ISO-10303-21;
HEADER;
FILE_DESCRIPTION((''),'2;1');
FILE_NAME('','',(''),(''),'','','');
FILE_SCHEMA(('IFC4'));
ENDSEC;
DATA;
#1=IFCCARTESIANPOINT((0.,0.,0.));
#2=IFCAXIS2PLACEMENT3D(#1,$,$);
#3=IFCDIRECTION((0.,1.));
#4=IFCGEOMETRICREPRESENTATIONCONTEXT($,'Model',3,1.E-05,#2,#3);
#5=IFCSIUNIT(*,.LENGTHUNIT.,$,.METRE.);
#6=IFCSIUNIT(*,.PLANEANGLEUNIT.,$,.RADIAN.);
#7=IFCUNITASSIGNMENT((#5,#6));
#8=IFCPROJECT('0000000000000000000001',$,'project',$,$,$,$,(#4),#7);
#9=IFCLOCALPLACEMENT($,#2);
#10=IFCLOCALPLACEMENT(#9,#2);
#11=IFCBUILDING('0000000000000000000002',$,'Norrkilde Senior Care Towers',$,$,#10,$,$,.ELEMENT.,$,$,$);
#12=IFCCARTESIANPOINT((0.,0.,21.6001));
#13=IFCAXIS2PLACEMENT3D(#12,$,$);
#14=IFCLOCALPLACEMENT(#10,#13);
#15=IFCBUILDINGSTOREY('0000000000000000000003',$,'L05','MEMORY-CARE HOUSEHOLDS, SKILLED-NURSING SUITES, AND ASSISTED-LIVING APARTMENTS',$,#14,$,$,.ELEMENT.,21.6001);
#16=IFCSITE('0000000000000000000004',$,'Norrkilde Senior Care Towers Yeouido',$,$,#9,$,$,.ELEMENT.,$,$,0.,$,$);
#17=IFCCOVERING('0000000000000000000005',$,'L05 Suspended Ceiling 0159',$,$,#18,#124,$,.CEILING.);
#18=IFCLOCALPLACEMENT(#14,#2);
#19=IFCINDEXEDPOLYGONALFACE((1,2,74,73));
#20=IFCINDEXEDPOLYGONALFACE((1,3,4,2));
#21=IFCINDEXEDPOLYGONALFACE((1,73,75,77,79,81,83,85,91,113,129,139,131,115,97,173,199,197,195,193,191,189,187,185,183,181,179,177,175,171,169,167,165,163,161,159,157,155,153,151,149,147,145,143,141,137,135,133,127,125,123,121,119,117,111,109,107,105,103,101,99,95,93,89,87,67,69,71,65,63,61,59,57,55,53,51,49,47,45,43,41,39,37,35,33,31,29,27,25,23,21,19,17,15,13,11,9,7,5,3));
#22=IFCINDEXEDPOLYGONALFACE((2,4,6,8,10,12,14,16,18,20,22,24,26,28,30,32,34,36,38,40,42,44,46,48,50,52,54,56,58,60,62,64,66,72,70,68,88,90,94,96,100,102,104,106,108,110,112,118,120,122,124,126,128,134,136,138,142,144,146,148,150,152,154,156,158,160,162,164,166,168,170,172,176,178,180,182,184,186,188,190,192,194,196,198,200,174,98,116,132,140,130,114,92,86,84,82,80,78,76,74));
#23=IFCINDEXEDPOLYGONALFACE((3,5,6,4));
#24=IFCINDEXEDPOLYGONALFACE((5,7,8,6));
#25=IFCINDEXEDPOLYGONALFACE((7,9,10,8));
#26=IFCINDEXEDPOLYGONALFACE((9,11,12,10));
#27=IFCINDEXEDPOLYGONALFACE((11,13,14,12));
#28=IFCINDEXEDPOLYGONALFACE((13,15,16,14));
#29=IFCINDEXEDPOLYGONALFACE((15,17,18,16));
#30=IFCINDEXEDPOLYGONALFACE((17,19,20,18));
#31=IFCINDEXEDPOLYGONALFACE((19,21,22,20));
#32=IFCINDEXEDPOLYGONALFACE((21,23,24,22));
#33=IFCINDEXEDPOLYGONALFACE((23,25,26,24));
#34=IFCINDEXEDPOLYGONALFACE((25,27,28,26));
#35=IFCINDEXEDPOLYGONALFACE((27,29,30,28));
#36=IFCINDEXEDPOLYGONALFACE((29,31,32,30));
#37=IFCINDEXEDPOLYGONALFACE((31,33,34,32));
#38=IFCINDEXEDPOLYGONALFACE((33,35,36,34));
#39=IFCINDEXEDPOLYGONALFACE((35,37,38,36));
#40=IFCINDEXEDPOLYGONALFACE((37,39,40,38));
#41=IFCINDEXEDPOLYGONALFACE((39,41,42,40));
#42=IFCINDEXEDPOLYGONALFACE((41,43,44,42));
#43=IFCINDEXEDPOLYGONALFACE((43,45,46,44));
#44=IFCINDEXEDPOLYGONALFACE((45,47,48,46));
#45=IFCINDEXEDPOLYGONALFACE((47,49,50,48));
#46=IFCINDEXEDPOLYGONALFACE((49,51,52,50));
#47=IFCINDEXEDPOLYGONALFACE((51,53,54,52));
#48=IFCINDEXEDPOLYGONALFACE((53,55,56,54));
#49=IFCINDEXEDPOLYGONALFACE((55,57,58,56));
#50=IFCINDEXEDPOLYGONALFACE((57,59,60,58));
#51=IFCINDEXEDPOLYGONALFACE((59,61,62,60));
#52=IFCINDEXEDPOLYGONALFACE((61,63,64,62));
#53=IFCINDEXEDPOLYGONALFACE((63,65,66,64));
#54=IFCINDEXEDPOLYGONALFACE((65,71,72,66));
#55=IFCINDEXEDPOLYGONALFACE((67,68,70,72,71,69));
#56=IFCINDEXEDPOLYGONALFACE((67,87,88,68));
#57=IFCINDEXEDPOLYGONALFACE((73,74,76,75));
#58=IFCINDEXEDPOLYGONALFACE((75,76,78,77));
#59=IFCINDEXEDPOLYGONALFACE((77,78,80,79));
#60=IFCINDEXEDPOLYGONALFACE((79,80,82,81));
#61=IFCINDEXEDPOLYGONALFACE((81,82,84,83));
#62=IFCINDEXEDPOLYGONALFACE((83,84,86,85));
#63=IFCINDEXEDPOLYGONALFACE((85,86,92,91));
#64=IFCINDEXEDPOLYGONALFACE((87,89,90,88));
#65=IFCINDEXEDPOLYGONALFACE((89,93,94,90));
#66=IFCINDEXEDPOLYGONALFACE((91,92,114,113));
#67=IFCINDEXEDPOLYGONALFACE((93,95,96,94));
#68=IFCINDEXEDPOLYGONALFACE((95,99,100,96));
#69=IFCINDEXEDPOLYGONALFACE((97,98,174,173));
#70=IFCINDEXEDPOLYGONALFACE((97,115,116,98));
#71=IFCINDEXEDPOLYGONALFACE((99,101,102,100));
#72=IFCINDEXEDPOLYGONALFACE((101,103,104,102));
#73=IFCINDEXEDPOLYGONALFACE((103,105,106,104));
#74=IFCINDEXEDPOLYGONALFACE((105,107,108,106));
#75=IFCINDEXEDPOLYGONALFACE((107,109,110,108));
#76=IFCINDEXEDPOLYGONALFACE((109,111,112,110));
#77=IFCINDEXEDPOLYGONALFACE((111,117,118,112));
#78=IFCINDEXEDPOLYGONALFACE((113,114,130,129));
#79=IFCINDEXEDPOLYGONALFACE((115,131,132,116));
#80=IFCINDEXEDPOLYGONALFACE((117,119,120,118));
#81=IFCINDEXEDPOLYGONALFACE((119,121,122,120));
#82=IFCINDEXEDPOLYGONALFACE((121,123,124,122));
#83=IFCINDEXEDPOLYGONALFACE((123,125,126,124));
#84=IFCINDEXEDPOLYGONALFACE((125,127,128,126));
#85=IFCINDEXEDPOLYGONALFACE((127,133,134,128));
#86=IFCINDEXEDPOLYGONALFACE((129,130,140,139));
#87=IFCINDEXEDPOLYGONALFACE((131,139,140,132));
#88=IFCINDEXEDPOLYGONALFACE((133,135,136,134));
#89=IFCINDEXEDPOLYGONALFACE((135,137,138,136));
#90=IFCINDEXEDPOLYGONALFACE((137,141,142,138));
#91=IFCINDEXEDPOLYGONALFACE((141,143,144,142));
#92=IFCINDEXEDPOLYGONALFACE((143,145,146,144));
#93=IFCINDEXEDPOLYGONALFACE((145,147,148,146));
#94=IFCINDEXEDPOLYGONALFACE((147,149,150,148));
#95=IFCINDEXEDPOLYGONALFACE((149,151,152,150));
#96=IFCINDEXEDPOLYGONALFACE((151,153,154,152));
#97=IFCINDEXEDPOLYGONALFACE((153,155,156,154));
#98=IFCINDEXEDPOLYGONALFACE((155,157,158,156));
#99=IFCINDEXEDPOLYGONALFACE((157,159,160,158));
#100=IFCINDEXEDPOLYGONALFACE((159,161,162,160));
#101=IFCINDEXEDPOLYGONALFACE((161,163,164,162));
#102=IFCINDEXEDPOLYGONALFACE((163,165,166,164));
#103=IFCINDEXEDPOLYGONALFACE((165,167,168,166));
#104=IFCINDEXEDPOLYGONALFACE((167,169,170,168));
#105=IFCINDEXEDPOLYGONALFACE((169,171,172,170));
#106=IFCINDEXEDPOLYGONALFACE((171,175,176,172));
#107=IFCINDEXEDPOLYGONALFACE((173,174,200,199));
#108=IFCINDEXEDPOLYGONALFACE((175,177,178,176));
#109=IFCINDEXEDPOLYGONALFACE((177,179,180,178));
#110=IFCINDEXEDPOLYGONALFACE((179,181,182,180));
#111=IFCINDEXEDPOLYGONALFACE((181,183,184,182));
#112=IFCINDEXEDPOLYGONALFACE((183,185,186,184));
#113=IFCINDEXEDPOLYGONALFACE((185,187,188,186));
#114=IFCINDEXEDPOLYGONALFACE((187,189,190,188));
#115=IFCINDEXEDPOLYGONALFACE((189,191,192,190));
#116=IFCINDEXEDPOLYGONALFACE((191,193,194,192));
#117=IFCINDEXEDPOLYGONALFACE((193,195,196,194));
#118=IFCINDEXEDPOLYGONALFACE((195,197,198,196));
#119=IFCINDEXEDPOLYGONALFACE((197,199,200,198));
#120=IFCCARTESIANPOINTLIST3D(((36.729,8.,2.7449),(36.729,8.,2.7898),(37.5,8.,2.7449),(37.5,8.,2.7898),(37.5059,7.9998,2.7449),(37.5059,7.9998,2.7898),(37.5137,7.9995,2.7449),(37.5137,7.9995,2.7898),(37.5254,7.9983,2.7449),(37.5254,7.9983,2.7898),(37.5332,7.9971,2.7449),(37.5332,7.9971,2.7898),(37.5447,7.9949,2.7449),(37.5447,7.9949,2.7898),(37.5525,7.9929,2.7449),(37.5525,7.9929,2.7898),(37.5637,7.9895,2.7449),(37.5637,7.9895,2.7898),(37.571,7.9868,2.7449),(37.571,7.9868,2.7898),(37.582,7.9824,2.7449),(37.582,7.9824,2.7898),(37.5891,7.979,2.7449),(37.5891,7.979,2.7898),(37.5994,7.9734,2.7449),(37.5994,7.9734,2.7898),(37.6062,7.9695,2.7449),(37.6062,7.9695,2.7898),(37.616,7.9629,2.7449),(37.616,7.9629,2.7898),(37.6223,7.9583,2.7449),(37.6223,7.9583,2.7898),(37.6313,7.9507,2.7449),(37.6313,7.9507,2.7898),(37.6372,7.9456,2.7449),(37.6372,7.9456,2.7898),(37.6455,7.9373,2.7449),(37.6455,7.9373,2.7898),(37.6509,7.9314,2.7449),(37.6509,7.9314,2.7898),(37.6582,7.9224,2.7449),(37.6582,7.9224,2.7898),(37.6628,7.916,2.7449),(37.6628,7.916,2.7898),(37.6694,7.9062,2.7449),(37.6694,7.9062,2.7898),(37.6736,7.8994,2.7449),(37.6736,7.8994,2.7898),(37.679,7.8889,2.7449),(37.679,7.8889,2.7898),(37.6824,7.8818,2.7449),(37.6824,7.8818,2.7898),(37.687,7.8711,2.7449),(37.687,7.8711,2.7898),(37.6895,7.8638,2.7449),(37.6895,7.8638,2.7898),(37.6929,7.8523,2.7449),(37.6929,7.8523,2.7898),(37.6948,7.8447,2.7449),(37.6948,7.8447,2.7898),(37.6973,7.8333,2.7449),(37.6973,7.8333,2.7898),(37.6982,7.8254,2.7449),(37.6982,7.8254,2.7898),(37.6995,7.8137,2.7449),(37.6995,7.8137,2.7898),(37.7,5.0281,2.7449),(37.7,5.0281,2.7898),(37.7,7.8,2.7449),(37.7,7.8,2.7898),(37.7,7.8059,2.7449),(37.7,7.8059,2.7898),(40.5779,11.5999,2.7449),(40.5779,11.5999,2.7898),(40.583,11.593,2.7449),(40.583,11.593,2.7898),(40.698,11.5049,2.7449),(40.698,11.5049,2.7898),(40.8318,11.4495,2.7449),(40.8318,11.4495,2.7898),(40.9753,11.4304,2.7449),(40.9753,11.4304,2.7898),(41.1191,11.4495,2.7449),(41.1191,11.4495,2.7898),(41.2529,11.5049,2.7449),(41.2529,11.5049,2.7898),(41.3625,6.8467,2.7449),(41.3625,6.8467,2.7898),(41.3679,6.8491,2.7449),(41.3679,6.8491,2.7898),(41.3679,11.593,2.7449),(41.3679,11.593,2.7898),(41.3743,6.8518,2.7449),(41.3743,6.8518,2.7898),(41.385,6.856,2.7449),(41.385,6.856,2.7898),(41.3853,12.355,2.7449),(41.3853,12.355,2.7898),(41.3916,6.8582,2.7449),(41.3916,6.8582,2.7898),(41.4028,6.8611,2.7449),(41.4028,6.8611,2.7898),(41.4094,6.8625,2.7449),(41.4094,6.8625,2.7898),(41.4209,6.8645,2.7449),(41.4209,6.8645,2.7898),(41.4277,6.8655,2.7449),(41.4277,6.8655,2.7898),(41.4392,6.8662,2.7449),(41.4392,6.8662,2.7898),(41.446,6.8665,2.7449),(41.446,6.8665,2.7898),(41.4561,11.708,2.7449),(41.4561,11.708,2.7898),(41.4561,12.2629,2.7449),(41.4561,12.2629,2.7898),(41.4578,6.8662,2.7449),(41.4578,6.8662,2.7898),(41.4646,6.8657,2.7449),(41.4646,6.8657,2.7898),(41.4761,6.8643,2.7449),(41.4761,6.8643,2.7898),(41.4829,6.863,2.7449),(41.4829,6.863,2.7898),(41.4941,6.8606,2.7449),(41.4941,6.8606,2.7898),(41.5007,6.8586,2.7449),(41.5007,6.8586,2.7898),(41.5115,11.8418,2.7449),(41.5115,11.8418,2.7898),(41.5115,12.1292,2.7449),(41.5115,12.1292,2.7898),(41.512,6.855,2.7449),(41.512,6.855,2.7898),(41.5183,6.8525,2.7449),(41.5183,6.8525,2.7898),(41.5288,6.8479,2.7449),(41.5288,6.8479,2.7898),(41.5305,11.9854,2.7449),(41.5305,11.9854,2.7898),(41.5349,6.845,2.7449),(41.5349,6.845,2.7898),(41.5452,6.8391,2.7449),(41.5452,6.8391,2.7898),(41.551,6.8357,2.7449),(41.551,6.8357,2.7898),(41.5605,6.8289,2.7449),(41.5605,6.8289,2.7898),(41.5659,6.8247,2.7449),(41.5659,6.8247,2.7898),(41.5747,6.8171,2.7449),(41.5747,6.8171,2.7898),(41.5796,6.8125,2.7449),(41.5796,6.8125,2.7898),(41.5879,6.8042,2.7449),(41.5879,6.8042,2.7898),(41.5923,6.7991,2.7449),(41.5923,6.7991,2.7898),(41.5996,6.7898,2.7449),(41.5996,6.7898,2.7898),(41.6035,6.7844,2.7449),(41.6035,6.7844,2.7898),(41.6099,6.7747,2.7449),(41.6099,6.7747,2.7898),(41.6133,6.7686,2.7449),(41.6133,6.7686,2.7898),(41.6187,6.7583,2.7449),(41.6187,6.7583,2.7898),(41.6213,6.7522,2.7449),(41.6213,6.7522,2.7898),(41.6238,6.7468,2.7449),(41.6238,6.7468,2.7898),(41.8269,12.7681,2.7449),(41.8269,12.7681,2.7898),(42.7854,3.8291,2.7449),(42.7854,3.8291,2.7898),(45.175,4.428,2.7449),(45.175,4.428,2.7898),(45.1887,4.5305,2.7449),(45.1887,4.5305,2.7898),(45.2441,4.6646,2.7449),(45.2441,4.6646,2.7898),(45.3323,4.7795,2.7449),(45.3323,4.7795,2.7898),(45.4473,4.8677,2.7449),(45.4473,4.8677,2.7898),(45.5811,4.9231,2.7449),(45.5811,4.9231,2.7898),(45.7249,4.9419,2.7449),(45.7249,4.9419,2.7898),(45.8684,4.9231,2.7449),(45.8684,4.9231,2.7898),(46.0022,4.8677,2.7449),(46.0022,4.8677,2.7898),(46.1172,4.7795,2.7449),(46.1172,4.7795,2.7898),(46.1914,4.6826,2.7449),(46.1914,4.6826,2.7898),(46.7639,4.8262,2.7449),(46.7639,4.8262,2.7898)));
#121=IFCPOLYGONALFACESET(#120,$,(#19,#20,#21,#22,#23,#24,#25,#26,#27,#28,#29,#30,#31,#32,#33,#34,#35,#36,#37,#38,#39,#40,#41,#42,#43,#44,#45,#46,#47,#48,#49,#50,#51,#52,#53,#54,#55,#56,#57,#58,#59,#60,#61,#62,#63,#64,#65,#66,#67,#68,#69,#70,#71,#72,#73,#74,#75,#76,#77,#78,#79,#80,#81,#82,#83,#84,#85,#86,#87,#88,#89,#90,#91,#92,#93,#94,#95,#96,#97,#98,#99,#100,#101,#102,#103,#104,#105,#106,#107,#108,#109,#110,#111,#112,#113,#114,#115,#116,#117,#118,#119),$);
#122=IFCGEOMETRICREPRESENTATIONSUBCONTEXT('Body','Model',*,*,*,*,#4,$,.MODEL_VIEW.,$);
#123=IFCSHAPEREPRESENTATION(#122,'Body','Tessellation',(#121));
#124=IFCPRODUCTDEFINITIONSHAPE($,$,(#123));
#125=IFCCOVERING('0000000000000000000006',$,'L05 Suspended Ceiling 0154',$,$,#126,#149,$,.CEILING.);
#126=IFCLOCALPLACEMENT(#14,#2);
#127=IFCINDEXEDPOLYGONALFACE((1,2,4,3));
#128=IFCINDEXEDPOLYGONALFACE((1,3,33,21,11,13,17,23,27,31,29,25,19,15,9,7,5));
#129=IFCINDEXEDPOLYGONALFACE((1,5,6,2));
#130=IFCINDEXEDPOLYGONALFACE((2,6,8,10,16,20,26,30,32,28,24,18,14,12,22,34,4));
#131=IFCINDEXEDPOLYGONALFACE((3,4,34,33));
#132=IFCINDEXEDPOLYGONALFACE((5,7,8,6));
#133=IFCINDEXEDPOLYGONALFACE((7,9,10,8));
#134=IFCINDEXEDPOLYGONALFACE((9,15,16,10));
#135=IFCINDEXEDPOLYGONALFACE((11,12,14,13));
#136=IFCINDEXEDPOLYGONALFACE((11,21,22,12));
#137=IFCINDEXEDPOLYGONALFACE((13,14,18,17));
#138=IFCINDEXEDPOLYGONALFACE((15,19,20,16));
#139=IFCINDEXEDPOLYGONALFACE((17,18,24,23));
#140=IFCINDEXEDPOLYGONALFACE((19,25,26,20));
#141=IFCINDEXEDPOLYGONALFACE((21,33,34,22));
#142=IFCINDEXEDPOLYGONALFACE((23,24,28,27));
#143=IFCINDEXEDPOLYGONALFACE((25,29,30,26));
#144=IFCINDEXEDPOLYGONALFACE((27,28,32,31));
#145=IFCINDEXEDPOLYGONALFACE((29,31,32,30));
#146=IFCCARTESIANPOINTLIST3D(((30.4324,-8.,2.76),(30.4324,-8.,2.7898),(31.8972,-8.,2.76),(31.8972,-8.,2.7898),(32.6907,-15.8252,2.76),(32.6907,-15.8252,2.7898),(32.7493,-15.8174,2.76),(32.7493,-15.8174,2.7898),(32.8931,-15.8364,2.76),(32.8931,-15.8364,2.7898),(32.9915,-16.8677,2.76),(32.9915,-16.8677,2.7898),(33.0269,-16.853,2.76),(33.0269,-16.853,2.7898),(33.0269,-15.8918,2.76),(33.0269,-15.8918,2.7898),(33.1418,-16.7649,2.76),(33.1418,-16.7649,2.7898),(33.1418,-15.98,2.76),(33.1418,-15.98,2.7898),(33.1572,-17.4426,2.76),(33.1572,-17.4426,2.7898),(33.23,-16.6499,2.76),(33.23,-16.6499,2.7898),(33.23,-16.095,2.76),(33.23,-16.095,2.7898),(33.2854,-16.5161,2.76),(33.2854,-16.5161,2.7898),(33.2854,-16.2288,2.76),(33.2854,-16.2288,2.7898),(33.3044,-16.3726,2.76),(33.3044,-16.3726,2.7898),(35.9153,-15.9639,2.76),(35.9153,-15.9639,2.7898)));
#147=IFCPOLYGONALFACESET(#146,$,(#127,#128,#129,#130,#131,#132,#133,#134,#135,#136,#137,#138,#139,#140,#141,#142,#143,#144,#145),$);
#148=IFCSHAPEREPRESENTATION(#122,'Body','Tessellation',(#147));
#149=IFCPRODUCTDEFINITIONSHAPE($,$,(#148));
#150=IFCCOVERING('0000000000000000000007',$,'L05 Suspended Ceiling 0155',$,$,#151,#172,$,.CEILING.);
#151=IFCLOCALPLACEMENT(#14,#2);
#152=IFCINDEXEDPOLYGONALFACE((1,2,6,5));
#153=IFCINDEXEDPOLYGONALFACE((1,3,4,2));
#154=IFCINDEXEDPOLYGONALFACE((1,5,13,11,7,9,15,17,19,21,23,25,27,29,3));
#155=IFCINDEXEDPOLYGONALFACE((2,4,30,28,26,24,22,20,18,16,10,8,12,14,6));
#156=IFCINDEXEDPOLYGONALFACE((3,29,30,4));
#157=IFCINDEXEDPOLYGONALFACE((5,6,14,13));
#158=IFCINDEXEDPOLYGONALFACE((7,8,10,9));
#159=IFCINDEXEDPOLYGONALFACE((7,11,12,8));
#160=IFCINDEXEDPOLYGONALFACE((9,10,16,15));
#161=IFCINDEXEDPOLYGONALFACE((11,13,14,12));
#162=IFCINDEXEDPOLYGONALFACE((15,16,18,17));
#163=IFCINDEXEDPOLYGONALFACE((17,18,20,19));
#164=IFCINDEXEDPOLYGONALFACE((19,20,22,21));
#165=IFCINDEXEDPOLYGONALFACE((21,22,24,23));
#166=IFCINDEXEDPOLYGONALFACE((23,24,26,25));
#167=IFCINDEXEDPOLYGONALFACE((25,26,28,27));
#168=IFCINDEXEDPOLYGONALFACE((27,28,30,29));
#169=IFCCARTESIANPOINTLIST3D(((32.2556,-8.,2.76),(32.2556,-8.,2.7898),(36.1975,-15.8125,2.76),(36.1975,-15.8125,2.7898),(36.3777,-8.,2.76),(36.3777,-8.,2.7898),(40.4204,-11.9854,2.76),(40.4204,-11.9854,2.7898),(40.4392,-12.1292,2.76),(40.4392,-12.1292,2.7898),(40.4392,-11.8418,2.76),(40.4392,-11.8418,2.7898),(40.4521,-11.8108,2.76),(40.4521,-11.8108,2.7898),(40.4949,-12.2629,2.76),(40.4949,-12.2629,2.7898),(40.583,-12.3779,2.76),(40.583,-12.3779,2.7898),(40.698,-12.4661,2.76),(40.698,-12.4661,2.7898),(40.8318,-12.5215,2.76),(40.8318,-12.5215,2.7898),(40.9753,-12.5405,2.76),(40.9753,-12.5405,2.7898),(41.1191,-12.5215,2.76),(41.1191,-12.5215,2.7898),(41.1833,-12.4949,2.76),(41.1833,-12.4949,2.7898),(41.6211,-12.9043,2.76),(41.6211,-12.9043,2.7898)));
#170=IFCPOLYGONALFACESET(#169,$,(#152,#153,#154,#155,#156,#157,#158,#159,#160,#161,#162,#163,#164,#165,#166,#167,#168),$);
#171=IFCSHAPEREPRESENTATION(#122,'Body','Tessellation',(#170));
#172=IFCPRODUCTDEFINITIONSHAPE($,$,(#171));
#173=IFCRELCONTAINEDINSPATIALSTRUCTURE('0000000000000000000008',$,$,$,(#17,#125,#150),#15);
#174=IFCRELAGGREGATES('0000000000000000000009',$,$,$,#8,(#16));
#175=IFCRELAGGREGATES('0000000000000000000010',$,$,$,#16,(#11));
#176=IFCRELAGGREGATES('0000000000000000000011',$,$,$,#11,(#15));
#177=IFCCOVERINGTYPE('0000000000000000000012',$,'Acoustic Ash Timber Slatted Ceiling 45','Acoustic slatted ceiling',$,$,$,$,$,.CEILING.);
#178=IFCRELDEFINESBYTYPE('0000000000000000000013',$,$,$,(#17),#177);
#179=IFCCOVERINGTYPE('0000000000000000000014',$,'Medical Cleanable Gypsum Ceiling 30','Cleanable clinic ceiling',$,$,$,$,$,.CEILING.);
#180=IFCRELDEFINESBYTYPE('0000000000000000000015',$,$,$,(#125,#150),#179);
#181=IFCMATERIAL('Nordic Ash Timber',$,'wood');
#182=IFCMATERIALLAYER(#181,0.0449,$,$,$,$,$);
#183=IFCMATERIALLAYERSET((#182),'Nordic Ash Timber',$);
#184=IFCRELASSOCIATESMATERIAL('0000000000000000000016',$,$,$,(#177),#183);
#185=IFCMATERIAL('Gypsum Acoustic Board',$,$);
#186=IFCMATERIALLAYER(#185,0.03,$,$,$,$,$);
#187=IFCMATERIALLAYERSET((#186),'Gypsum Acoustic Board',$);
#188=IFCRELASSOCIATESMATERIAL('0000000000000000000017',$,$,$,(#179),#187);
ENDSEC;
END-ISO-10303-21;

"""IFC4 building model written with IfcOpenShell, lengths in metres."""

from ifc_helpers import new_model, si_unit, direction, frame, origin, place, context, subcontext, project, spatial, polyline, outline, extrude, material, layer, layer_set, type_object, element, save


model = new_model("IFC4")

# Units and contexts
model_context = context("Model", 3, precision=1e-05, world=origin(), true_north=direction((0.0, 1.0)))
body_context = subcontext(model_context, "Body", "Model", "MODEL_VIEW")
ifc_project = project(units=[si_unit("LENGTHUNIT", "METRE"), si_unit("PLANEANGLEUNIT", "RADIAN")], contexts=[model_context])

# Site, building, storey
site_placement = place(None, origin())
site = spatial("IfcSite", under=ifc_project, at=site_placement, Name="Norrkilde Senior Care Towers Yeouido", CompositionType="ELEMENT", RefElevation=0.0)
building_placement = place(site_placement, origin())
building = spatial("IfcBuilding", under=site, at=building_placement, Name="Norrkilde Senior Care Towers", CompositionType="ELEMENT")
storey_placement = place(building_placement, frame((0.0, 0.0, 21.6001)))
storey = spatial("IfcBuildingStorey", under=building, at=storey_placement, Name="L05", Description="MEMORY-CARE HOUSEHOLDS, SKILLED-NURSING SUITES, AND ASSISTED-LIVING APARTMENTS", CompositionType="ELEMENT", Elevation=21.6001)

# Shared definitions
ifc_material_1 = material(Name="Gypsum Acoustic Board")
ifc_material_2 = material(Name="Nordic Ash Timber", Category="wood")

# Coverings
ifc_layer_1 = layer(ifc_material_2, 0.0449)
ifc_layer_set_1 = layer_set([ifc_layer_1], Name="Nordic Ash Timber")
covering_type_1 = type_object("IfcCoveringType", Name="Acoustic Ash Timber Slatted Ceiling 45", Description="Acoustic slatted ceiling", PredefinedType="CEILING", material=ifc_layer_set_1)
covering_1_placement = place(storey_placement, frame((0.0, 0.0, 2.7449)))
element("IfcCovering", 1, at=covering_1_placement, inside=storey, type_object=covering_type_1, Name="L05 Suspended Ceiling 0159", PredefinedType="CEILING", context=body_context, shape_type="SweptSolid", body=[
    extrude(outline(polyline([(37.6895, 7.8638), (37.687, 7.8711), (37.6824, 7.8818), (37.679, 7.8889), (37.6736, 7.8994), (37.6694, 7.9062), (37.6628, 7.916), (37.6582, 7.9224), (37.6509, 7.9314), (37.6455, 7.9373), (37.6372, 7.9456), (37.6313, 7.9507), (37.6223, 7.9583), (37.616, 7.9629), (37.6062, 7.9695), (37.5994, 7.9734), (37.5891, 7.979), (37.582, 7.9824), (37.571, 7.9868), (37.5637, 7.9895), (37.5525, 7.9929), (37.5447, 7.9949), (37.5332, 7.9971), (37.5254, 7.9983), (37.5137, 7.9995), (37.5059, 7.9998), (37.5, 8.0), (36.729, 8.0), (40.5779, 11.5999), (40.583, 11.593), (40.698, 11.5049), (40.8318, 11.4495), (40.9753, 11.4304), (41.1191, 11.4495), (41.2529, 11.5049), (41.3679, 11.593), (41.4561, 11.708), (41.5115, 11.8418), (41.5305, 11.9854), (41.5115, 12.1292), (41.4561, 12.2629), (41.3853, 12.355), (41.8269, 12.7681), (46.7639, 4.8262), (46.1914, 4.6826), (46.1172, 4.7795), (46.0022, 4.8677), (45.8684, 4.9231), (45.7249, 4.9419), (45.5811, 4.9231), (45.4473, 4.8677), (45.3323, 4.7795), (45.2441, 4.6646), (45.1887, 4.5305), (45.175, 4.428), (42.7854, 3.8291), (41.6238, 6.7468), (41.6213, 6.7522), (41.6187, 6.7583), (41.6133, 6.7686), (41.6099, 6.7747), (41.6035, 6.7844), (41.5996, 6.7898), (41.5923, 6.7991), (41.5879, 6.8042), (41.5796, 6.8125), (41.5747, 6.8171), (41.5659, 6.8247), (41.5605, 6.8289), (41.551, 6.8357), (41.5452, 6.8391), (41.5349, 6.845), (41.5288, 6.8479), (41.5183, 6.8525), (41.512, 6.855), (41.5007, 6.8586), (41.4941, 6.8606), (41.4829, 6.863), (41.4761, 6.8643), (41.4646, 6.8657), (41.4578, 6.8662), (41.446, 6.8665), (41.4392, 6.8662), (41.4277, 6.8655), (41.4209, 6.8645), (41.4094, 6.8625), (41.4028, 6.8611), (41.3916, 6.8582), (41.385, 6.856), (41.3743, 6.8518), (41.3679, 6.8491), (41.3625, 6.8467), (37.7, 5.0281), (37.7, 7.8), (37.7, 7.8059), (37.6995, 7.8137), (37.6982, 7.8254), (37.6973, 7.8333), (37.6948, 7.8447), (37.6929, 7.8523), (37.6895, 7.8638)])), origin(), (0.0, 0.0, 1.0), 0.0449),
])
ifc_layer_2 = layer(ifc_material_1, 0.03)
ifc_layer_set_2 = layer_set([ifc_layer_2], Name="Gypsum Acoustic Board")
covering_type_2 = type_object("IfcCoveringType", Name="Medical Cleanable Gypsum Ceiling 30", Description="Cleanable clinic ceiling", PredefinedType="CEILING", material=ifc_layer_set_2)
covering_2_placement = place(storey_placement, frame((0.0, 0.0, 2.76)))
element("IfcCovering", 2, at=covering_2_placement, inside=storey, type_object=covering_type_2, Name="L05 Suspended Ceiling 0154", PredefinedType="CEILING", context=body_context, shape_type="SweptSolid", body=[
    extrude(outline(polyline([(32.9915, -16.8677), (33.0269, -16.853), (33.1418, -16.7649), (33.23, -16.6499), (33.2854, -16.5161), (33.3044, -16.3726), (33.2854, -16.2288), (33.23, -16.095), (33.1418, -15.98), (33.0269, -15.8918), (32.8931, -15.8364), (32.7493, -15.8174), (32.6907, -15.8252), (30.4324, -8.0), (31.8972, -8.0), (35.9153, -15.9639), (33.1572, -17.4426), (32.9915, -16.8677)])), origin(), (0.0, 0.0, 1.0), 0.0298),
])
covering_3_placement = place(storey_placement, frame((0.0, 0.0, 2.76)))
element("IfcCovering", 3, at=covering_3_placement, inside=storey, type_object=covering_type_2, Name="L05 Suspended Ceiling 0155", PredefinedType="CEILING", context=body_context, shape_type="SweptSolid", body=[
    extrude(outline(polyline([(36.1975, -15.8125), (32.2556, -8.0), (36.3777, -8.0), (40.4521, -11.8108), (40.4392, -11.8418), (40.4204, -11.9854), (40.4392, -12.1292), (40.4949, -12.2629), (40.583, -12.3779), (40.698, -12.4661), (40.8318, -12.5215), (40.9753, -12.5405), (41.1191, -12.5215), (41.1833, -12.4949), (41.6211, -12.9043), (36.1975, -15.8125)])), origin(), (0.0, 0.0, 1.0), 0.0298),
])

save(model, "model.ifc")
